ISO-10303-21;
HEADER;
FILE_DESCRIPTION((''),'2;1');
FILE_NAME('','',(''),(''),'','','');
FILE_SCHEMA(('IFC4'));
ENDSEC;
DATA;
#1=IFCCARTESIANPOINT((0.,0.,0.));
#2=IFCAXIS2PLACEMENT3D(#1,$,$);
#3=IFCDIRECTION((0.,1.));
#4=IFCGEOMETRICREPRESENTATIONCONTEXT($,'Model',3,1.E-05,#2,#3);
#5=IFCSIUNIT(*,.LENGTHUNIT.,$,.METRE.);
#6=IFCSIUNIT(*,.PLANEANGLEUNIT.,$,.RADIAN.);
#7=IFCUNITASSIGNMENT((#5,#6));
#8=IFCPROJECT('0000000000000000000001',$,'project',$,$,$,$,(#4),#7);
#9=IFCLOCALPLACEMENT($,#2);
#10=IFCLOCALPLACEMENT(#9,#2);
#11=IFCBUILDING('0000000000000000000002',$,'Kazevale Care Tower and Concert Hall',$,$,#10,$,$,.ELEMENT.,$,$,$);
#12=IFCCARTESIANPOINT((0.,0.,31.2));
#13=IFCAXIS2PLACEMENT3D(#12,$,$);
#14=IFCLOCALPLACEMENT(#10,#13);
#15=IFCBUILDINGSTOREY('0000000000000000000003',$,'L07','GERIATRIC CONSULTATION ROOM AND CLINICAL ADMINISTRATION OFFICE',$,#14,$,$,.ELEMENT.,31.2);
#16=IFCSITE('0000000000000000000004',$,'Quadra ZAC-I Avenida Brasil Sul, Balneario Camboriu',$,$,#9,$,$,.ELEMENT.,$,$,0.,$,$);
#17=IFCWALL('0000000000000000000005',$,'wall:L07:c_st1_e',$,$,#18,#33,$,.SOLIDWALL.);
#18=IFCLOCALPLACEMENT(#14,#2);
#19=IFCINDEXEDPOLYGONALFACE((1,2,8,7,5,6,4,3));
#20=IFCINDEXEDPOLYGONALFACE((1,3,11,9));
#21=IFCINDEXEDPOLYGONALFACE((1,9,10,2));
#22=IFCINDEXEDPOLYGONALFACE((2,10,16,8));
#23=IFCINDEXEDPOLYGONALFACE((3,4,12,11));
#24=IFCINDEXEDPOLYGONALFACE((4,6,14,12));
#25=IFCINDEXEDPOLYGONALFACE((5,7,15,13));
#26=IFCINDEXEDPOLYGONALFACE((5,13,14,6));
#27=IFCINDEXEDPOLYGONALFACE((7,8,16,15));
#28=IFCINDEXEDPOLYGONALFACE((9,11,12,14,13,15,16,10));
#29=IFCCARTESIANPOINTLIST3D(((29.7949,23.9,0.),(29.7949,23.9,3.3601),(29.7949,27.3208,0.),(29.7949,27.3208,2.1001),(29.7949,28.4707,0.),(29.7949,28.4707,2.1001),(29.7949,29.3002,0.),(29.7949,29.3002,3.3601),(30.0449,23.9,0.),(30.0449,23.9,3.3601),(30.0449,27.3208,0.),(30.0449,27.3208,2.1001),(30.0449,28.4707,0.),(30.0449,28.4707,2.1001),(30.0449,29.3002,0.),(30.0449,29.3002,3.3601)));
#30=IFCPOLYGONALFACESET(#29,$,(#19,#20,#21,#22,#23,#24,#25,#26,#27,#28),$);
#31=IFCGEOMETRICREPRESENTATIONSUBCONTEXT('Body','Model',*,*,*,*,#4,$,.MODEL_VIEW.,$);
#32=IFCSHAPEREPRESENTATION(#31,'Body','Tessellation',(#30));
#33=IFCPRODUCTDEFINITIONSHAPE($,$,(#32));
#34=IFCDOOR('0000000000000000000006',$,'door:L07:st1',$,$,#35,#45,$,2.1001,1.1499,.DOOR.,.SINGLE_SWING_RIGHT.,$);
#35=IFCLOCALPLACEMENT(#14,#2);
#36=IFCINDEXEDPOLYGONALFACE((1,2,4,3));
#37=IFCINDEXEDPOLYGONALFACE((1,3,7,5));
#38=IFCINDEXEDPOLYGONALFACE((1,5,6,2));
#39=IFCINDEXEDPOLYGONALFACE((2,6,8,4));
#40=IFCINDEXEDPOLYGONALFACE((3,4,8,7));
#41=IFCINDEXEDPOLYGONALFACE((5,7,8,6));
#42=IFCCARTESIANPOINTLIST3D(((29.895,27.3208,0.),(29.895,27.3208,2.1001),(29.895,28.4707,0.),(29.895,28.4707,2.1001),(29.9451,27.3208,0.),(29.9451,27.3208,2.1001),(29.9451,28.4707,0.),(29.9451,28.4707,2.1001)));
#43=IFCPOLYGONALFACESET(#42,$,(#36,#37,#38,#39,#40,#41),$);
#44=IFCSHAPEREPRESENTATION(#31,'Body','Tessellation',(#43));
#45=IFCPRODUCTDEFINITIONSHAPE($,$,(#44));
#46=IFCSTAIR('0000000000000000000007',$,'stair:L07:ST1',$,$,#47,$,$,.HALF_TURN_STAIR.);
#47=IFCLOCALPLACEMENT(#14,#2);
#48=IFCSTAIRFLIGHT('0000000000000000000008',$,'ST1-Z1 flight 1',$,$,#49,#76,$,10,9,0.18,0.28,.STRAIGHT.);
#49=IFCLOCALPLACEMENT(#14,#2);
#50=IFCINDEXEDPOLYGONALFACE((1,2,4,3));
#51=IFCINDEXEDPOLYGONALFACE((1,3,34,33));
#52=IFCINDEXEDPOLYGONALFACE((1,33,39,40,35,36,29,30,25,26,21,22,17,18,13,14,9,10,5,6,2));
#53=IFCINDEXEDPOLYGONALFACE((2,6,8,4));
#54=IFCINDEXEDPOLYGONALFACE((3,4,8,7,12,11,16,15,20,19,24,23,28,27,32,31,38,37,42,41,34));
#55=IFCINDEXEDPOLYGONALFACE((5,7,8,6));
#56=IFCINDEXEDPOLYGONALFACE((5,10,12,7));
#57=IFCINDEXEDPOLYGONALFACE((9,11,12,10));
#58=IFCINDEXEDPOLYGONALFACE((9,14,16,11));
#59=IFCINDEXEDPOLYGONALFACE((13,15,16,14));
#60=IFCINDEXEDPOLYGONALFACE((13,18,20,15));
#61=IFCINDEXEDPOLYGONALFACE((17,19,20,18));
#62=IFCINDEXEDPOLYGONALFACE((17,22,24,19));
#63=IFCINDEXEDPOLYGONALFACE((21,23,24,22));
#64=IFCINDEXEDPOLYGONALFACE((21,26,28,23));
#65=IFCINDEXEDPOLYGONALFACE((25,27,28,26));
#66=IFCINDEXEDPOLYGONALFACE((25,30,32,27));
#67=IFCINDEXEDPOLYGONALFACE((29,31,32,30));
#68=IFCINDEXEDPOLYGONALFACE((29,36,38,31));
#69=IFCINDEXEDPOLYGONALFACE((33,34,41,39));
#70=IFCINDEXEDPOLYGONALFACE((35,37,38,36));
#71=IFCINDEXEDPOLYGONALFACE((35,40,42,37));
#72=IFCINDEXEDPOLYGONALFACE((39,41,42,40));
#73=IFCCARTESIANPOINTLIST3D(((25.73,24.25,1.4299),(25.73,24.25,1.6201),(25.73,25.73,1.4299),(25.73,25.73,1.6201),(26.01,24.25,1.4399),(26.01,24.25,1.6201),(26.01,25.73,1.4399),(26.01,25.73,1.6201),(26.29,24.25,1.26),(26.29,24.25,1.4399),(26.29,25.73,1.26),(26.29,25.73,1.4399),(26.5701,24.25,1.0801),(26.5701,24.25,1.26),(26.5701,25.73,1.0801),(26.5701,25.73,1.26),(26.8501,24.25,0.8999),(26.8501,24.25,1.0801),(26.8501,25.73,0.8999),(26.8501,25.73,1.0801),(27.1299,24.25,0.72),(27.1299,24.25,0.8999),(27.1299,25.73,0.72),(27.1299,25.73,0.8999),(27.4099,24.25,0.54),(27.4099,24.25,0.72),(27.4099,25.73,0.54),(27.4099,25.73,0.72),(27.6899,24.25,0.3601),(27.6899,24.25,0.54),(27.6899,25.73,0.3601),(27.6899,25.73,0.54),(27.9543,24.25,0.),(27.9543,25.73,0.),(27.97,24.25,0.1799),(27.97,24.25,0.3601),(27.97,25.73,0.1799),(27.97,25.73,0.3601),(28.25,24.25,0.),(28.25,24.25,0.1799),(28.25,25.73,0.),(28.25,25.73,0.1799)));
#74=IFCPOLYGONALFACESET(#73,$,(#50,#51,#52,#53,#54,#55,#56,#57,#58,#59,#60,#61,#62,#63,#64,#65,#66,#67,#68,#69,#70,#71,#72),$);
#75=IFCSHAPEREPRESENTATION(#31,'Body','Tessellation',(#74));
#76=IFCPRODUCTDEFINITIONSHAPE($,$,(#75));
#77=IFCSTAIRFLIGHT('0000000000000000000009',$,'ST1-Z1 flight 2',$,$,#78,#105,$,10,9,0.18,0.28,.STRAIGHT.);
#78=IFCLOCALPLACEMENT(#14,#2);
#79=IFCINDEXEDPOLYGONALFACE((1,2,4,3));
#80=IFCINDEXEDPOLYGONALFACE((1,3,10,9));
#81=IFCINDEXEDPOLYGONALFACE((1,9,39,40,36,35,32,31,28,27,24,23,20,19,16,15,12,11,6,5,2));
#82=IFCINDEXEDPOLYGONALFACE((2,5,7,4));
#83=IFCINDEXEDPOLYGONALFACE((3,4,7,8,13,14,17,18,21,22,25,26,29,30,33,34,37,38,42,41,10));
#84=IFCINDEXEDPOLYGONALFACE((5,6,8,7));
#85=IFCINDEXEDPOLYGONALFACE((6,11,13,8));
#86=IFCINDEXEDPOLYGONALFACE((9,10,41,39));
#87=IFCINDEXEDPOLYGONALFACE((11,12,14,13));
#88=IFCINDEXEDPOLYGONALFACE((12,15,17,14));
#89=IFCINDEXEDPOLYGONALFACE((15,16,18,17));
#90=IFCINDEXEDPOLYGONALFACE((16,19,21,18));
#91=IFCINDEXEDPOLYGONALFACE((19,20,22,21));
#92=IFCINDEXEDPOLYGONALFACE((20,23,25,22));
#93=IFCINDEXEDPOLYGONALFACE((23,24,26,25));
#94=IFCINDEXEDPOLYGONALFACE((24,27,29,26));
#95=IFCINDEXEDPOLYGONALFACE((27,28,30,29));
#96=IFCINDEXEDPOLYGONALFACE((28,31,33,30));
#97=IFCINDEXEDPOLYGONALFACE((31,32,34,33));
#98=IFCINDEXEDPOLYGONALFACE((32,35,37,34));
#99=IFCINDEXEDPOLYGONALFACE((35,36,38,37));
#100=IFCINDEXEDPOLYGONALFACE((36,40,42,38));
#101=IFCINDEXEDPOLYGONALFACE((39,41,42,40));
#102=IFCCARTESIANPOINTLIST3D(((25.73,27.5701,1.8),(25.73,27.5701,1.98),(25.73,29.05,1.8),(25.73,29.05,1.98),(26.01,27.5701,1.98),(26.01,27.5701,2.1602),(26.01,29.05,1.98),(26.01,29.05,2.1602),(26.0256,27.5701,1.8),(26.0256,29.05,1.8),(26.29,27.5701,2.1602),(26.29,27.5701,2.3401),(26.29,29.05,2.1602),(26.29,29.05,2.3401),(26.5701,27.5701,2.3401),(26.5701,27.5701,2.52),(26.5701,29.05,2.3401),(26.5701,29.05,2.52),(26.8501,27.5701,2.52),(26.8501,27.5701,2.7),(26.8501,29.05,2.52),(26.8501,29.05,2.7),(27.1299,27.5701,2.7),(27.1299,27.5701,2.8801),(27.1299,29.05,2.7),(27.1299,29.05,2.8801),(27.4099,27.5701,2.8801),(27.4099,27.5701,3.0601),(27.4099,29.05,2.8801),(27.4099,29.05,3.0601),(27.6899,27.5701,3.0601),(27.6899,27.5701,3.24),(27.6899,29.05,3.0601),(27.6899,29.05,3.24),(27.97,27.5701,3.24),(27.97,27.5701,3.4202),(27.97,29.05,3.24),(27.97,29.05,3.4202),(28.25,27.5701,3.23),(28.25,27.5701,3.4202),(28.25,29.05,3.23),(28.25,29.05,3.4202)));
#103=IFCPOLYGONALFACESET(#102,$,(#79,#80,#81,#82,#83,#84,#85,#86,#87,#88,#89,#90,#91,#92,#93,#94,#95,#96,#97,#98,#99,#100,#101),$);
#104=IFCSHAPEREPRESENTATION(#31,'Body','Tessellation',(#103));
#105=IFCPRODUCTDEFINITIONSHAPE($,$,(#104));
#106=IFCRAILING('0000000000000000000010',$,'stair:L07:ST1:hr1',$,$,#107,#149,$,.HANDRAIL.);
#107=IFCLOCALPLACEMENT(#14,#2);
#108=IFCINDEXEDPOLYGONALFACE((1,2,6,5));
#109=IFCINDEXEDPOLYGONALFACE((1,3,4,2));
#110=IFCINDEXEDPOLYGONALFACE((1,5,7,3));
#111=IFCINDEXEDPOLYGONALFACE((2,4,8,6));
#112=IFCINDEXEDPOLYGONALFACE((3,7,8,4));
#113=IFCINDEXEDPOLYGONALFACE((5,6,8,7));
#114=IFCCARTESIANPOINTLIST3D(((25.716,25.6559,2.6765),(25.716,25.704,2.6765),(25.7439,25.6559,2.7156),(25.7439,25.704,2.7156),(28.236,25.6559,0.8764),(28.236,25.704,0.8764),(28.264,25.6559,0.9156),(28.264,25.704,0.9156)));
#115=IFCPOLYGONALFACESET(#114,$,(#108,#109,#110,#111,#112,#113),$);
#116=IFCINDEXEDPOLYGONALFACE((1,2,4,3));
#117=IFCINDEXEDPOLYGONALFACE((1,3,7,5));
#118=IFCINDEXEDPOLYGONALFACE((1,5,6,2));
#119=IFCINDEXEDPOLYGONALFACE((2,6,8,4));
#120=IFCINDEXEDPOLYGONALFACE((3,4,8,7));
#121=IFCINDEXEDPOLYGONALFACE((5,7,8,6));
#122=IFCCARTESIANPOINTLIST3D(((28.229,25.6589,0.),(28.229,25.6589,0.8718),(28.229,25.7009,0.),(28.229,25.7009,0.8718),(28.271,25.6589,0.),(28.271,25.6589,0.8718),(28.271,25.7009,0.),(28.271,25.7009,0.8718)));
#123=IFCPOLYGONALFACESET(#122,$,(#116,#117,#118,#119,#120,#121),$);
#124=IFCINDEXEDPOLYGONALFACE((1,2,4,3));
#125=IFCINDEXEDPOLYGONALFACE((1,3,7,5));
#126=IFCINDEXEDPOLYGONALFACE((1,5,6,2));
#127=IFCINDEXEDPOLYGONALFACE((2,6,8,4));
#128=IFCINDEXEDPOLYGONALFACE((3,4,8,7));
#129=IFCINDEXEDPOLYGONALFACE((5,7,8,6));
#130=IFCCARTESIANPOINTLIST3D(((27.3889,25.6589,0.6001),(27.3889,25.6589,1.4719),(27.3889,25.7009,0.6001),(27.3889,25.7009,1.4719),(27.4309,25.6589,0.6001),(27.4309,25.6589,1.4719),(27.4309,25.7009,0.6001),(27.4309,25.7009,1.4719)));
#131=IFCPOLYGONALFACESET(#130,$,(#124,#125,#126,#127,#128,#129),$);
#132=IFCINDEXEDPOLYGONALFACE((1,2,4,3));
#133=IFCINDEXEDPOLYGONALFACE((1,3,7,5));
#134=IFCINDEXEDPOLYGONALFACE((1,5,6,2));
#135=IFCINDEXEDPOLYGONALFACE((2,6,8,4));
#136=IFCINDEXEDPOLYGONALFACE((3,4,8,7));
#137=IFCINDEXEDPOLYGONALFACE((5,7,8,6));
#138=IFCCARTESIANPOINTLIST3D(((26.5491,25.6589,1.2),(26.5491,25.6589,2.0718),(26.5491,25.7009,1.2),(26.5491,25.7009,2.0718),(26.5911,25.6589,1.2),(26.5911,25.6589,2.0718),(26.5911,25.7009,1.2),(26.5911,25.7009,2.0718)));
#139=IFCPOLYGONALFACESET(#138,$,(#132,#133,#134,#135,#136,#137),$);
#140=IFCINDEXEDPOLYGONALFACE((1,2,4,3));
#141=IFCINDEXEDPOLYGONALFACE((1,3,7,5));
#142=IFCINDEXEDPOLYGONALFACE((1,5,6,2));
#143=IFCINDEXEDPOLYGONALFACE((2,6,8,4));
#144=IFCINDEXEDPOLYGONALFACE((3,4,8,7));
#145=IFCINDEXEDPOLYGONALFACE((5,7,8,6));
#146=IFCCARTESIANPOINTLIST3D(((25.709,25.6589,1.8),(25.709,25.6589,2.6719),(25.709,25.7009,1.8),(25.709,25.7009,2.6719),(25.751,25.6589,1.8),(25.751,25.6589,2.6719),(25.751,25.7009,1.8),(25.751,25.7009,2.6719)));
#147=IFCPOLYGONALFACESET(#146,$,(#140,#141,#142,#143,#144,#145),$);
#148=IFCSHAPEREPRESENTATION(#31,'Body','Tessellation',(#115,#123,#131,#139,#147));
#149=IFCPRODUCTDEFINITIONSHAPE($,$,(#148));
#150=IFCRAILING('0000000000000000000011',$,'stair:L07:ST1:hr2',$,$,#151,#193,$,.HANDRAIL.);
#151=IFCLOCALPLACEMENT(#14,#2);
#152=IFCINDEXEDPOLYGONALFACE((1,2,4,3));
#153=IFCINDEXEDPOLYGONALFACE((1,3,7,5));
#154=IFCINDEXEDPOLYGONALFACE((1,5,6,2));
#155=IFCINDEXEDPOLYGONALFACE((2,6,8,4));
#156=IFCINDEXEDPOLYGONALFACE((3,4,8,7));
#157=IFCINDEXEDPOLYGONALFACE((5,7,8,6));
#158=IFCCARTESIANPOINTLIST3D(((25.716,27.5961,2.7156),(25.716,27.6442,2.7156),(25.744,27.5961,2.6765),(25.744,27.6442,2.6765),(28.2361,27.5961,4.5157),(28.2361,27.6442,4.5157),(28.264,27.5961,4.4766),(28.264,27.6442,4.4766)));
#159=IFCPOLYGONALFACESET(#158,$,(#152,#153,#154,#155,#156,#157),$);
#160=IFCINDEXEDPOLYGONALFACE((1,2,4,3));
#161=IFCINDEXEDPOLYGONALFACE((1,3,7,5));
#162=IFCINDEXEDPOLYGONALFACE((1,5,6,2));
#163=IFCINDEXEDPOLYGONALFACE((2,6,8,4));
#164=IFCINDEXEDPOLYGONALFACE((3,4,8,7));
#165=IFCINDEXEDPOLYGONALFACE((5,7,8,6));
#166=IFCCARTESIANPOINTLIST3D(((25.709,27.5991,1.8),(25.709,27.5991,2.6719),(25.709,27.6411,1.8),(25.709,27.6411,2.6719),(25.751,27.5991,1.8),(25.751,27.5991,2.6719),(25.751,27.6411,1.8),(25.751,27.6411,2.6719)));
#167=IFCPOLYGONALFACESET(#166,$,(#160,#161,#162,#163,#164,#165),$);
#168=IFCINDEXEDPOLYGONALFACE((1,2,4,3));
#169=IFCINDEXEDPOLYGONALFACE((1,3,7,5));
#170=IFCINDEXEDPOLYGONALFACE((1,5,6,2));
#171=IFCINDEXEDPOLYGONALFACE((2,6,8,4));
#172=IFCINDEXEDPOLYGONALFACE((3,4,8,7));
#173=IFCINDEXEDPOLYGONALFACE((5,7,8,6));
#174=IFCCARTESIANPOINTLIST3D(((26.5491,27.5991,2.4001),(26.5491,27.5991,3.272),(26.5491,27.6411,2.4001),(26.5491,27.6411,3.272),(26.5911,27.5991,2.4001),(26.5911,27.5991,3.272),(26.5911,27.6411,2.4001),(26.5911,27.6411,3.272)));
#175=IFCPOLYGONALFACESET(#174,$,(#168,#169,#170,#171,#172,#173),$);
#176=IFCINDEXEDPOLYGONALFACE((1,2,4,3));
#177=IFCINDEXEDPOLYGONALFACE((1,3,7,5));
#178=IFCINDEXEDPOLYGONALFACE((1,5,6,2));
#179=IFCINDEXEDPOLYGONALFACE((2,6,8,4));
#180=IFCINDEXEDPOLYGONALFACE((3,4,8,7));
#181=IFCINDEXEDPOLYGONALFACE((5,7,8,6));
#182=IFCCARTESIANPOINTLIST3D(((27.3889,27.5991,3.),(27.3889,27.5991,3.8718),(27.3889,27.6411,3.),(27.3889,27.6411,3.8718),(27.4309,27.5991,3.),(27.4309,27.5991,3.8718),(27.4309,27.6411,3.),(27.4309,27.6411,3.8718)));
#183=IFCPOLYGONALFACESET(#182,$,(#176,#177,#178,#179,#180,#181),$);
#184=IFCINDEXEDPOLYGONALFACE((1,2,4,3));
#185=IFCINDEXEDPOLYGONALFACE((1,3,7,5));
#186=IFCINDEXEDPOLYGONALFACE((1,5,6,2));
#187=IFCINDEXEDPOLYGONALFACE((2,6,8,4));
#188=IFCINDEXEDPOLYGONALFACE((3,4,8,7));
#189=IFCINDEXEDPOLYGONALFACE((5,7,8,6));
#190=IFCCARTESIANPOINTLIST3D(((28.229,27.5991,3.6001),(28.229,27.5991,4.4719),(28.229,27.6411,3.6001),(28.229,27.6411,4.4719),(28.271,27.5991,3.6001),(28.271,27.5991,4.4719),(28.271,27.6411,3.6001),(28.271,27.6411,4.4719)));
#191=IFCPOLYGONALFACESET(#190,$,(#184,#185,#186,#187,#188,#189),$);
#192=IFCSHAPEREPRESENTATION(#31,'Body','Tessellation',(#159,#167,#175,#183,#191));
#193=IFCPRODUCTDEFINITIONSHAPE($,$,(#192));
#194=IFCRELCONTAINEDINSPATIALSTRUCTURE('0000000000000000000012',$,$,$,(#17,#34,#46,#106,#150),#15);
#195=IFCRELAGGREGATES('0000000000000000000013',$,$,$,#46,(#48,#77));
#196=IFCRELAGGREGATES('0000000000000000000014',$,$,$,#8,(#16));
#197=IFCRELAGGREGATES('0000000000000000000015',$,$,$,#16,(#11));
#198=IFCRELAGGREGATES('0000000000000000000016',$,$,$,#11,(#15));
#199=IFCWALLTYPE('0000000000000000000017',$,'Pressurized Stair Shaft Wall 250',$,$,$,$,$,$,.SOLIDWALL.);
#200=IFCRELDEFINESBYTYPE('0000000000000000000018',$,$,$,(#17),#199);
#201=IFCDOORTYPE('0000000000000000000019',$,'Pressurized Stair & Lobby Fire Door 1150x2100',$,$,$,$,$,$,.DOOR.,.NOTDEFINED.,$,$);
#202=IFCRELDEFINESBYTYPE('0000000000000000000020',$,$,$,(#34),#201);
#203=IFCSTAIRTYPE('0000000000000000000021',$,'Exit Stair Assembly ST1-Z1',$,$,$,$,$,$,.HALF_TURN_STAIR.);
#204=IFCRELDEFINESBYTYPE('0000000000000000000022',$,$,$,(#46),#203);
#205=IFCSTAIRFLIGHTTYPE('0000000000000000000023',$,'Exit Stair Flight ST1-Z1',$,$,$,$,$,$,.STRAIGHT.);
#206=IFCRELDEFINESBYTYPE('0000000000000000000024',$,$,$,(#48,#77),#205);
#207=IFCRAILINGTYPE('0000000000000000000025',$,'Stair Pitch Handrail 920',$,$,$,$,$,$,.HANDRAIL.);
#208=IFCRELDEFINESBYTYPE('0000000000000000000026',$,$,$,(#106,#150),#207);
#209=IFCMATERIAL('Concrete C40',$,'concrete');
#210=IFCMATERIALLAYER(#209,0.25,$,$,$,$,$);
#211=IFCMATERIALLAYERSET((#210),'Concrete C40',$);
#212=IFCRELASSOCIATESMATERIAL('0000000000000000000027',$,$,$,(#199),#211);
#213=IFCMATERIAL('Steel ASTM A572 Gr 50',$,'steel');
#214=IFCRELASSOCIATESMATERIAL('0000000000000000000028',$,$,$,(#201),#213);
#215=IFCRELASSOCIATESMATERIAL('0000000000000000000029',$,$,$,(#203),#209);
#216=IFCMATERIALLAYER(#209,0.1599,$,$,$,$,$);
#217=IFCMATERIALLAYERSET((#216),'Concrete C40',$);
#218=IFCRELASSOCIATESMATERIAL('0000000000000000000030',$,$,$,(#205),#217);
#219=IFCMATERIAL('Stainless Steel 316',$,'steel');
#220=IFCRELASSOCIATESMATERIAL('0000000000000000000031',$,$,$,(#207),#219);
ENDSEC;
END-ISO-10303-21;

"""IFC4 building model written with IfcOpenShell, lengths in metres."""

from ifc_helpers import new_model, si_unit, direction, frame, frame_2d, origin, origin_2d, place, context, subcontext, project, spatial, polyline, rectangle, outline, extrude, material, layer, layer_set, type_object, element, fill, aggregate, save


model = new_model("IFC4")

# Units and contexts
model_context = context("Model", 3, precision=1e-05, world=origin(), true_north=direction((0.0, 1.0)))
body_context = subcontext(model_context, "Body", "Model", "MODEL_VIEW")
ifc_project = project(units=[si_unit("LENGTHUNIT", "METRE"), si_unit("PLANEANGLEUNIT", "RADIAN")], contexts=[model_context])

# Site, building, storey
site_placement = place(None, origin())
site = spatial("IfcSite", under=ifc_project, at=site_placement, Name="Quadra ZAC-I Avenida Brasil Sul, Balneario Camboriu", CompositionType="ELEMENT", RefElevation=0.0)
building_placement = place(site_placement, origin())
building = spatial("IfcBuilding", under=site, at=building_placement, Name="Kazevale Care Tower and Concert Hall", CompositionType="ELEMENT")
storey_placement = place(building_placement, frame((0.0, 0.0, 31.2)))
storey = spatial("IfcBuildingStorey", under=building, at=storey_placement, Name="L07", Description="GERIATRIC CONSULTATION ROOM AND CLINICAL ADMINISTRATION OFFICE", CompositionType="ELEMENT", Elevation=31.2)

# Shared definitions
ifc_material_1 = material(Name="Steel ASTM A572 Gr 50", Category="steel")

# Shared definitions
ifc_material_2 = material(Name="Concrete C40", Category="concrete")
ifc_material_3 = material(Name="Stainless Steel 316", Category="steel")

# Wall, opening, door
ifc_layer_1 = layer(ifc_material_2, 0.25)
ifc_layer_set_1 = layer_set([ifc_layer_1], Name="Concrete C40")
wall_type_1 = type_object("IfcWallType", Name="Pressurized Stair Shaft Wall 250", PredefinedType="SOLIDWALL", material=ifc_layer_set_1)
wall_1_placement = place(storey_placement, frame((29.9199, 23.8999, 0.0), z_axis=(0.0, 0.0, 1.0), x_axis=(0.0, 1.0, 0.0)))
wall_1 = element("IfcWall", 1, at=wall_1_placement, inside=storey, type_object=wall_type_1, Name="wall:L07:c_st1_e", PredefinedType="SOLIDWALL", context=body_context, shape_type="SweptSolid", body=[
    extrude(rectangle(XDim=5.4001, YDim=0.25, at=frame_2d((2.7002, 0.0))), origin(), (0.0, 0.0, 1.0), 3.3601),
])
opening_1_placement = place(wall_1_placement, frame((3.4209, 0.0, 0.0)))
opening_1 = element("IfcOpeningElement", 2, at=opening_1_placement, cuts=wall_1, PredefinedType="OPENING", context=body_context, shape_type="SweptSolid", body=[
    extrude(rectangle(XDim=1.1499, YDim=2.1001, at=frame_2d((0.575, 1.05))), frame((0.0, 0.135, 0.0), z_axis=(0.0, -1.0, 0.0), x_axis=(1.0, 0.0, 0.0)), (0.0, 0.0, 1.0), 0.27),
])
door_type_1 = type_object("IfcDoorType", Name="Pressurized Stair & Lobby Fire Door 1150x2100", OperationType="NOTDEFINED", PredefinedType="DOOR", material=ifc_material_1)
door_1_placement = place(opening_1_placement, origin())
door_1 = element("IfcDoor", 3, at=door_1_placement, inside=storey, type_object=door_type_1, Name="door:L07:st1", OperationType="SINGLE_SWING_RIGHT", OverallHeight=2.1001, OverallWidth=1.1499, PredefinedType="DOOR", context=body_context, shape_type="SweptSolid", body=[
    extrude(rectangle(XDim=1.1499, YDim=2.1001, at=frame_2d((0.575, 1.05))), frame((0.0, 0.0249, 0.0), z_axis=(0.0, -1.0, 0.0), x_axis=(1.0, 0.0, 0.0)), (0.0, 0.0, 1.0), 0.05),
])
fill(opening_1, door_1)

# Stair, stair flights
stair_type = type_object("IfcStairType", Name="Exit Stair Assembly ST1-Z1", PredefinedType="HALF_TURN_STAIR", material=ifc_material_2)
stair_placement = place(storey_placement, origin())
stair = element("IfcStair", 4, at=stair_placement, inside=storey, type_object=stair_type, Name="stair:L07:ST1", PredefinedType="HALF_TURN_STAIR")
ifc_layer_2 = layer(ifc_material_2, 0.1599)
ifc_layer_set_2 = layer_set([ifc_layer_2], Name="Concrete C40")
stair_flight_type = type_object("IfcStairFlightType", Name="Exit Stair Flight ST1-Z1", PredefinedType="STRAIGHT", material=ifc_layer_set_2)
stair_flight_1_placement = place(storey_placement, frame((28.25, 24.99, 0.0), z_axis=(0.0, 0.0, 1.0), x_axis=(-1.0, 0.0, 0.0)))
stair_flight_1 = element("IfcStairFlight", 5, at=stair_flight_1_placement, type_object=stair_flight_type, Name="ST1-Z1 flight 1", NumberOfRisers=10, NumberOfTreads=9, PredefinedType="STRAIGHT", RiserHeight=0.18, TreadLength=0.28, context=body_context, shape_type="SweptSolid", body=[
    extrude(outline(polyline([(0.0, 0.0), (0.0, 0.1799), (0.28, 0.1799), (0.28, 0.3601), (0.5601, 0.3601), (0.5601, 0.54), (0.8401, 0.54), (0.8401, 0.72), (1.1201, 0.72), (1.1201, 0.8999), (1.3999, 0.8999), (1.3999, 1.0801), (1.6799, 1.0801), (1.6799, 1.26), (1.96, 1.26), (1.96, 1.4399), (2.24, 1.4399), (2.24, 1.6201), (2.52, 1.6201), (2.52, 1.8), (2.52, 1.4299), (0.2957, 0.0), (0.0, 0.0)])), frame((0.0, 0.74, 0.0), z_axis=(0.0, -1.0, 0.0), x_axis=(1.0, 0.0, 0.0)), (0.0, 0.0, 1.0), 1.48),
])
stair_flight_2_placement = place(storey_placement, frame((25.73, 28.3101, 1.8), z_axis=(0.0, 0.0, 1.0), x_axis=(1.0, 0.0, 0.0)))
stair_flight_2 = element("IfcStairFlight", 6, at=stair_flight_2_placement, type_object=stair_flight_type, Name="ST1-Z1 flight 2", NumberOfRisers=10, NumberOfTreads=9, PredefinedType="STRAIGHT", RiserHeight=0.18, TreadLength=0.28, context=body_context, shape_type="SweptSolid", body=[
    extrude(outline(polyline([(0.0, 0.0), (0.0, 0.1799), (0.28, 0.1799), (0.28, 0.3601), (0.5601, 0.3601), (0.5601, 0.54), (0.8401, 0.54), (0.8401, 0.72), (1.1201, 0.72), (1.1201, 0.8999), (1.3999, 0.8999), (1.3999, 1.0801), (1.6799, 1.0801), (1.6799, 1.26), (1.96, 1.26), (1.96, 1.4399), (2.24, 1.4399), (2.24, 1.6201), (2.52, 1.6201), (2.52, 1.8), (2.52, 1.4299), (0.2957, 0.0), (0.0, 0.0)])), frame((0.0, 0.74, 0.0), z_axis=(0.0, -1.0, 0.0), x_axis=(1.0, 0.0, 0.0)), (0.0, 0.0, 1.0), 1.48),
])
aggregate(stair, [stair_flight_1, stair_flight_2])

# Railings
railing_type_1 = type_object("IfcRailingType", Name="Stair Pitch Handrail 920", PredefinedType="HANDRAIL", material=ifc_material_3)
railing_1_placement = place(storey_placement, frame((28.25, 25.6799, 0.0)))
element("IfcRailing", 7, at=railing_1_placement, inside=storey, type_object=railing_type_1, Name="stair:L07:ST1:hr1", PredefinedType="HANDRAIL", context=body_context, shape_type="SweptSolid", body=[
    extrude(rectangle(XDim=0.0481, YDim=0.0481, at=origin_2d()), frame((0.0, 0.0, 0.896), z_axis=(-0.813728, 0.0, 0.581246), x_axis=(0.0, -1.0, 0.0)), (0.0, 0.0, 1.0), 3.0969),
    extrude(rectangle(XDim=0.042, YDim=0.042, at=origin_2d()), origin(), (0.0, 0.0, 1.0), 0.8718),
    extrude(rectangle(XDim=0.042, YDim=0.042, at=origin_2d()), frame((-0.8401, 0.0, 0.6001)), (0.0, 0.0, 1.0), 0.8718),
    extrude(rectangle(XDim=0.042, YDim=0.042, at=origin_2d()), frame((-1.6799, 0.0, 1.2)), (0.0, 0.0, 1.0), 0.8718),
    extrude(rectangle(XDim=0.042, YDim=0.042, at=origin_2d()), frame((-2.52, 0.0, 1.8)), (0.0, 0.0, 1.0), 0.8718),
])
railing_2_placement = place(storey_placement, frame((25.73, 27.6201, 1.8)))
element("IfcRailing", 8, at=railing_2_placement, inside=storey, type_object=railing_type_1, Name="stair:L07:ST1:hr2", PredefinedType="HANDRAIL", context=body_context, shape_type="SweptSolid", body=[
    extrude(rectangle(XDim=0.0481, YDim=0.0481, at=origin_2d()), frame((0.0, 0.0, 0.896), z_axis=(0.813728, 0.0, 0.581246), x_axis=(0.0, 1.0, 0.0)), (0.0, 0.0, 1.0), 3.0969),
    extrude(rectangle(XDim=0.042, YDim=0.042, at=origin_2d()), origin(), (0.0, 0.0, 1.0), 0.8718),
    extrude(rectangle(XDim=0.042, YDim=0.042, at=origin_2d()), frame((0.8401, 0.0, 0.6001)), (0.0, 0.0, 1.0), 0.8718),
    extrude(rectangle(XDim=0.042, YDim=0.042, at=origin_2d()), frame((1.6799, 0.0, 1.2)), (0.0, 0.0, 1.0), 0.8718),
    extrude(rectangle(XDim=0.042, YDim=0.042, at=origin_2d()), frame((2.52, 0.0, 1.8)), (0.0, 0.0, 1.0), 0.8718),
])

save(model, "model.ifc")
